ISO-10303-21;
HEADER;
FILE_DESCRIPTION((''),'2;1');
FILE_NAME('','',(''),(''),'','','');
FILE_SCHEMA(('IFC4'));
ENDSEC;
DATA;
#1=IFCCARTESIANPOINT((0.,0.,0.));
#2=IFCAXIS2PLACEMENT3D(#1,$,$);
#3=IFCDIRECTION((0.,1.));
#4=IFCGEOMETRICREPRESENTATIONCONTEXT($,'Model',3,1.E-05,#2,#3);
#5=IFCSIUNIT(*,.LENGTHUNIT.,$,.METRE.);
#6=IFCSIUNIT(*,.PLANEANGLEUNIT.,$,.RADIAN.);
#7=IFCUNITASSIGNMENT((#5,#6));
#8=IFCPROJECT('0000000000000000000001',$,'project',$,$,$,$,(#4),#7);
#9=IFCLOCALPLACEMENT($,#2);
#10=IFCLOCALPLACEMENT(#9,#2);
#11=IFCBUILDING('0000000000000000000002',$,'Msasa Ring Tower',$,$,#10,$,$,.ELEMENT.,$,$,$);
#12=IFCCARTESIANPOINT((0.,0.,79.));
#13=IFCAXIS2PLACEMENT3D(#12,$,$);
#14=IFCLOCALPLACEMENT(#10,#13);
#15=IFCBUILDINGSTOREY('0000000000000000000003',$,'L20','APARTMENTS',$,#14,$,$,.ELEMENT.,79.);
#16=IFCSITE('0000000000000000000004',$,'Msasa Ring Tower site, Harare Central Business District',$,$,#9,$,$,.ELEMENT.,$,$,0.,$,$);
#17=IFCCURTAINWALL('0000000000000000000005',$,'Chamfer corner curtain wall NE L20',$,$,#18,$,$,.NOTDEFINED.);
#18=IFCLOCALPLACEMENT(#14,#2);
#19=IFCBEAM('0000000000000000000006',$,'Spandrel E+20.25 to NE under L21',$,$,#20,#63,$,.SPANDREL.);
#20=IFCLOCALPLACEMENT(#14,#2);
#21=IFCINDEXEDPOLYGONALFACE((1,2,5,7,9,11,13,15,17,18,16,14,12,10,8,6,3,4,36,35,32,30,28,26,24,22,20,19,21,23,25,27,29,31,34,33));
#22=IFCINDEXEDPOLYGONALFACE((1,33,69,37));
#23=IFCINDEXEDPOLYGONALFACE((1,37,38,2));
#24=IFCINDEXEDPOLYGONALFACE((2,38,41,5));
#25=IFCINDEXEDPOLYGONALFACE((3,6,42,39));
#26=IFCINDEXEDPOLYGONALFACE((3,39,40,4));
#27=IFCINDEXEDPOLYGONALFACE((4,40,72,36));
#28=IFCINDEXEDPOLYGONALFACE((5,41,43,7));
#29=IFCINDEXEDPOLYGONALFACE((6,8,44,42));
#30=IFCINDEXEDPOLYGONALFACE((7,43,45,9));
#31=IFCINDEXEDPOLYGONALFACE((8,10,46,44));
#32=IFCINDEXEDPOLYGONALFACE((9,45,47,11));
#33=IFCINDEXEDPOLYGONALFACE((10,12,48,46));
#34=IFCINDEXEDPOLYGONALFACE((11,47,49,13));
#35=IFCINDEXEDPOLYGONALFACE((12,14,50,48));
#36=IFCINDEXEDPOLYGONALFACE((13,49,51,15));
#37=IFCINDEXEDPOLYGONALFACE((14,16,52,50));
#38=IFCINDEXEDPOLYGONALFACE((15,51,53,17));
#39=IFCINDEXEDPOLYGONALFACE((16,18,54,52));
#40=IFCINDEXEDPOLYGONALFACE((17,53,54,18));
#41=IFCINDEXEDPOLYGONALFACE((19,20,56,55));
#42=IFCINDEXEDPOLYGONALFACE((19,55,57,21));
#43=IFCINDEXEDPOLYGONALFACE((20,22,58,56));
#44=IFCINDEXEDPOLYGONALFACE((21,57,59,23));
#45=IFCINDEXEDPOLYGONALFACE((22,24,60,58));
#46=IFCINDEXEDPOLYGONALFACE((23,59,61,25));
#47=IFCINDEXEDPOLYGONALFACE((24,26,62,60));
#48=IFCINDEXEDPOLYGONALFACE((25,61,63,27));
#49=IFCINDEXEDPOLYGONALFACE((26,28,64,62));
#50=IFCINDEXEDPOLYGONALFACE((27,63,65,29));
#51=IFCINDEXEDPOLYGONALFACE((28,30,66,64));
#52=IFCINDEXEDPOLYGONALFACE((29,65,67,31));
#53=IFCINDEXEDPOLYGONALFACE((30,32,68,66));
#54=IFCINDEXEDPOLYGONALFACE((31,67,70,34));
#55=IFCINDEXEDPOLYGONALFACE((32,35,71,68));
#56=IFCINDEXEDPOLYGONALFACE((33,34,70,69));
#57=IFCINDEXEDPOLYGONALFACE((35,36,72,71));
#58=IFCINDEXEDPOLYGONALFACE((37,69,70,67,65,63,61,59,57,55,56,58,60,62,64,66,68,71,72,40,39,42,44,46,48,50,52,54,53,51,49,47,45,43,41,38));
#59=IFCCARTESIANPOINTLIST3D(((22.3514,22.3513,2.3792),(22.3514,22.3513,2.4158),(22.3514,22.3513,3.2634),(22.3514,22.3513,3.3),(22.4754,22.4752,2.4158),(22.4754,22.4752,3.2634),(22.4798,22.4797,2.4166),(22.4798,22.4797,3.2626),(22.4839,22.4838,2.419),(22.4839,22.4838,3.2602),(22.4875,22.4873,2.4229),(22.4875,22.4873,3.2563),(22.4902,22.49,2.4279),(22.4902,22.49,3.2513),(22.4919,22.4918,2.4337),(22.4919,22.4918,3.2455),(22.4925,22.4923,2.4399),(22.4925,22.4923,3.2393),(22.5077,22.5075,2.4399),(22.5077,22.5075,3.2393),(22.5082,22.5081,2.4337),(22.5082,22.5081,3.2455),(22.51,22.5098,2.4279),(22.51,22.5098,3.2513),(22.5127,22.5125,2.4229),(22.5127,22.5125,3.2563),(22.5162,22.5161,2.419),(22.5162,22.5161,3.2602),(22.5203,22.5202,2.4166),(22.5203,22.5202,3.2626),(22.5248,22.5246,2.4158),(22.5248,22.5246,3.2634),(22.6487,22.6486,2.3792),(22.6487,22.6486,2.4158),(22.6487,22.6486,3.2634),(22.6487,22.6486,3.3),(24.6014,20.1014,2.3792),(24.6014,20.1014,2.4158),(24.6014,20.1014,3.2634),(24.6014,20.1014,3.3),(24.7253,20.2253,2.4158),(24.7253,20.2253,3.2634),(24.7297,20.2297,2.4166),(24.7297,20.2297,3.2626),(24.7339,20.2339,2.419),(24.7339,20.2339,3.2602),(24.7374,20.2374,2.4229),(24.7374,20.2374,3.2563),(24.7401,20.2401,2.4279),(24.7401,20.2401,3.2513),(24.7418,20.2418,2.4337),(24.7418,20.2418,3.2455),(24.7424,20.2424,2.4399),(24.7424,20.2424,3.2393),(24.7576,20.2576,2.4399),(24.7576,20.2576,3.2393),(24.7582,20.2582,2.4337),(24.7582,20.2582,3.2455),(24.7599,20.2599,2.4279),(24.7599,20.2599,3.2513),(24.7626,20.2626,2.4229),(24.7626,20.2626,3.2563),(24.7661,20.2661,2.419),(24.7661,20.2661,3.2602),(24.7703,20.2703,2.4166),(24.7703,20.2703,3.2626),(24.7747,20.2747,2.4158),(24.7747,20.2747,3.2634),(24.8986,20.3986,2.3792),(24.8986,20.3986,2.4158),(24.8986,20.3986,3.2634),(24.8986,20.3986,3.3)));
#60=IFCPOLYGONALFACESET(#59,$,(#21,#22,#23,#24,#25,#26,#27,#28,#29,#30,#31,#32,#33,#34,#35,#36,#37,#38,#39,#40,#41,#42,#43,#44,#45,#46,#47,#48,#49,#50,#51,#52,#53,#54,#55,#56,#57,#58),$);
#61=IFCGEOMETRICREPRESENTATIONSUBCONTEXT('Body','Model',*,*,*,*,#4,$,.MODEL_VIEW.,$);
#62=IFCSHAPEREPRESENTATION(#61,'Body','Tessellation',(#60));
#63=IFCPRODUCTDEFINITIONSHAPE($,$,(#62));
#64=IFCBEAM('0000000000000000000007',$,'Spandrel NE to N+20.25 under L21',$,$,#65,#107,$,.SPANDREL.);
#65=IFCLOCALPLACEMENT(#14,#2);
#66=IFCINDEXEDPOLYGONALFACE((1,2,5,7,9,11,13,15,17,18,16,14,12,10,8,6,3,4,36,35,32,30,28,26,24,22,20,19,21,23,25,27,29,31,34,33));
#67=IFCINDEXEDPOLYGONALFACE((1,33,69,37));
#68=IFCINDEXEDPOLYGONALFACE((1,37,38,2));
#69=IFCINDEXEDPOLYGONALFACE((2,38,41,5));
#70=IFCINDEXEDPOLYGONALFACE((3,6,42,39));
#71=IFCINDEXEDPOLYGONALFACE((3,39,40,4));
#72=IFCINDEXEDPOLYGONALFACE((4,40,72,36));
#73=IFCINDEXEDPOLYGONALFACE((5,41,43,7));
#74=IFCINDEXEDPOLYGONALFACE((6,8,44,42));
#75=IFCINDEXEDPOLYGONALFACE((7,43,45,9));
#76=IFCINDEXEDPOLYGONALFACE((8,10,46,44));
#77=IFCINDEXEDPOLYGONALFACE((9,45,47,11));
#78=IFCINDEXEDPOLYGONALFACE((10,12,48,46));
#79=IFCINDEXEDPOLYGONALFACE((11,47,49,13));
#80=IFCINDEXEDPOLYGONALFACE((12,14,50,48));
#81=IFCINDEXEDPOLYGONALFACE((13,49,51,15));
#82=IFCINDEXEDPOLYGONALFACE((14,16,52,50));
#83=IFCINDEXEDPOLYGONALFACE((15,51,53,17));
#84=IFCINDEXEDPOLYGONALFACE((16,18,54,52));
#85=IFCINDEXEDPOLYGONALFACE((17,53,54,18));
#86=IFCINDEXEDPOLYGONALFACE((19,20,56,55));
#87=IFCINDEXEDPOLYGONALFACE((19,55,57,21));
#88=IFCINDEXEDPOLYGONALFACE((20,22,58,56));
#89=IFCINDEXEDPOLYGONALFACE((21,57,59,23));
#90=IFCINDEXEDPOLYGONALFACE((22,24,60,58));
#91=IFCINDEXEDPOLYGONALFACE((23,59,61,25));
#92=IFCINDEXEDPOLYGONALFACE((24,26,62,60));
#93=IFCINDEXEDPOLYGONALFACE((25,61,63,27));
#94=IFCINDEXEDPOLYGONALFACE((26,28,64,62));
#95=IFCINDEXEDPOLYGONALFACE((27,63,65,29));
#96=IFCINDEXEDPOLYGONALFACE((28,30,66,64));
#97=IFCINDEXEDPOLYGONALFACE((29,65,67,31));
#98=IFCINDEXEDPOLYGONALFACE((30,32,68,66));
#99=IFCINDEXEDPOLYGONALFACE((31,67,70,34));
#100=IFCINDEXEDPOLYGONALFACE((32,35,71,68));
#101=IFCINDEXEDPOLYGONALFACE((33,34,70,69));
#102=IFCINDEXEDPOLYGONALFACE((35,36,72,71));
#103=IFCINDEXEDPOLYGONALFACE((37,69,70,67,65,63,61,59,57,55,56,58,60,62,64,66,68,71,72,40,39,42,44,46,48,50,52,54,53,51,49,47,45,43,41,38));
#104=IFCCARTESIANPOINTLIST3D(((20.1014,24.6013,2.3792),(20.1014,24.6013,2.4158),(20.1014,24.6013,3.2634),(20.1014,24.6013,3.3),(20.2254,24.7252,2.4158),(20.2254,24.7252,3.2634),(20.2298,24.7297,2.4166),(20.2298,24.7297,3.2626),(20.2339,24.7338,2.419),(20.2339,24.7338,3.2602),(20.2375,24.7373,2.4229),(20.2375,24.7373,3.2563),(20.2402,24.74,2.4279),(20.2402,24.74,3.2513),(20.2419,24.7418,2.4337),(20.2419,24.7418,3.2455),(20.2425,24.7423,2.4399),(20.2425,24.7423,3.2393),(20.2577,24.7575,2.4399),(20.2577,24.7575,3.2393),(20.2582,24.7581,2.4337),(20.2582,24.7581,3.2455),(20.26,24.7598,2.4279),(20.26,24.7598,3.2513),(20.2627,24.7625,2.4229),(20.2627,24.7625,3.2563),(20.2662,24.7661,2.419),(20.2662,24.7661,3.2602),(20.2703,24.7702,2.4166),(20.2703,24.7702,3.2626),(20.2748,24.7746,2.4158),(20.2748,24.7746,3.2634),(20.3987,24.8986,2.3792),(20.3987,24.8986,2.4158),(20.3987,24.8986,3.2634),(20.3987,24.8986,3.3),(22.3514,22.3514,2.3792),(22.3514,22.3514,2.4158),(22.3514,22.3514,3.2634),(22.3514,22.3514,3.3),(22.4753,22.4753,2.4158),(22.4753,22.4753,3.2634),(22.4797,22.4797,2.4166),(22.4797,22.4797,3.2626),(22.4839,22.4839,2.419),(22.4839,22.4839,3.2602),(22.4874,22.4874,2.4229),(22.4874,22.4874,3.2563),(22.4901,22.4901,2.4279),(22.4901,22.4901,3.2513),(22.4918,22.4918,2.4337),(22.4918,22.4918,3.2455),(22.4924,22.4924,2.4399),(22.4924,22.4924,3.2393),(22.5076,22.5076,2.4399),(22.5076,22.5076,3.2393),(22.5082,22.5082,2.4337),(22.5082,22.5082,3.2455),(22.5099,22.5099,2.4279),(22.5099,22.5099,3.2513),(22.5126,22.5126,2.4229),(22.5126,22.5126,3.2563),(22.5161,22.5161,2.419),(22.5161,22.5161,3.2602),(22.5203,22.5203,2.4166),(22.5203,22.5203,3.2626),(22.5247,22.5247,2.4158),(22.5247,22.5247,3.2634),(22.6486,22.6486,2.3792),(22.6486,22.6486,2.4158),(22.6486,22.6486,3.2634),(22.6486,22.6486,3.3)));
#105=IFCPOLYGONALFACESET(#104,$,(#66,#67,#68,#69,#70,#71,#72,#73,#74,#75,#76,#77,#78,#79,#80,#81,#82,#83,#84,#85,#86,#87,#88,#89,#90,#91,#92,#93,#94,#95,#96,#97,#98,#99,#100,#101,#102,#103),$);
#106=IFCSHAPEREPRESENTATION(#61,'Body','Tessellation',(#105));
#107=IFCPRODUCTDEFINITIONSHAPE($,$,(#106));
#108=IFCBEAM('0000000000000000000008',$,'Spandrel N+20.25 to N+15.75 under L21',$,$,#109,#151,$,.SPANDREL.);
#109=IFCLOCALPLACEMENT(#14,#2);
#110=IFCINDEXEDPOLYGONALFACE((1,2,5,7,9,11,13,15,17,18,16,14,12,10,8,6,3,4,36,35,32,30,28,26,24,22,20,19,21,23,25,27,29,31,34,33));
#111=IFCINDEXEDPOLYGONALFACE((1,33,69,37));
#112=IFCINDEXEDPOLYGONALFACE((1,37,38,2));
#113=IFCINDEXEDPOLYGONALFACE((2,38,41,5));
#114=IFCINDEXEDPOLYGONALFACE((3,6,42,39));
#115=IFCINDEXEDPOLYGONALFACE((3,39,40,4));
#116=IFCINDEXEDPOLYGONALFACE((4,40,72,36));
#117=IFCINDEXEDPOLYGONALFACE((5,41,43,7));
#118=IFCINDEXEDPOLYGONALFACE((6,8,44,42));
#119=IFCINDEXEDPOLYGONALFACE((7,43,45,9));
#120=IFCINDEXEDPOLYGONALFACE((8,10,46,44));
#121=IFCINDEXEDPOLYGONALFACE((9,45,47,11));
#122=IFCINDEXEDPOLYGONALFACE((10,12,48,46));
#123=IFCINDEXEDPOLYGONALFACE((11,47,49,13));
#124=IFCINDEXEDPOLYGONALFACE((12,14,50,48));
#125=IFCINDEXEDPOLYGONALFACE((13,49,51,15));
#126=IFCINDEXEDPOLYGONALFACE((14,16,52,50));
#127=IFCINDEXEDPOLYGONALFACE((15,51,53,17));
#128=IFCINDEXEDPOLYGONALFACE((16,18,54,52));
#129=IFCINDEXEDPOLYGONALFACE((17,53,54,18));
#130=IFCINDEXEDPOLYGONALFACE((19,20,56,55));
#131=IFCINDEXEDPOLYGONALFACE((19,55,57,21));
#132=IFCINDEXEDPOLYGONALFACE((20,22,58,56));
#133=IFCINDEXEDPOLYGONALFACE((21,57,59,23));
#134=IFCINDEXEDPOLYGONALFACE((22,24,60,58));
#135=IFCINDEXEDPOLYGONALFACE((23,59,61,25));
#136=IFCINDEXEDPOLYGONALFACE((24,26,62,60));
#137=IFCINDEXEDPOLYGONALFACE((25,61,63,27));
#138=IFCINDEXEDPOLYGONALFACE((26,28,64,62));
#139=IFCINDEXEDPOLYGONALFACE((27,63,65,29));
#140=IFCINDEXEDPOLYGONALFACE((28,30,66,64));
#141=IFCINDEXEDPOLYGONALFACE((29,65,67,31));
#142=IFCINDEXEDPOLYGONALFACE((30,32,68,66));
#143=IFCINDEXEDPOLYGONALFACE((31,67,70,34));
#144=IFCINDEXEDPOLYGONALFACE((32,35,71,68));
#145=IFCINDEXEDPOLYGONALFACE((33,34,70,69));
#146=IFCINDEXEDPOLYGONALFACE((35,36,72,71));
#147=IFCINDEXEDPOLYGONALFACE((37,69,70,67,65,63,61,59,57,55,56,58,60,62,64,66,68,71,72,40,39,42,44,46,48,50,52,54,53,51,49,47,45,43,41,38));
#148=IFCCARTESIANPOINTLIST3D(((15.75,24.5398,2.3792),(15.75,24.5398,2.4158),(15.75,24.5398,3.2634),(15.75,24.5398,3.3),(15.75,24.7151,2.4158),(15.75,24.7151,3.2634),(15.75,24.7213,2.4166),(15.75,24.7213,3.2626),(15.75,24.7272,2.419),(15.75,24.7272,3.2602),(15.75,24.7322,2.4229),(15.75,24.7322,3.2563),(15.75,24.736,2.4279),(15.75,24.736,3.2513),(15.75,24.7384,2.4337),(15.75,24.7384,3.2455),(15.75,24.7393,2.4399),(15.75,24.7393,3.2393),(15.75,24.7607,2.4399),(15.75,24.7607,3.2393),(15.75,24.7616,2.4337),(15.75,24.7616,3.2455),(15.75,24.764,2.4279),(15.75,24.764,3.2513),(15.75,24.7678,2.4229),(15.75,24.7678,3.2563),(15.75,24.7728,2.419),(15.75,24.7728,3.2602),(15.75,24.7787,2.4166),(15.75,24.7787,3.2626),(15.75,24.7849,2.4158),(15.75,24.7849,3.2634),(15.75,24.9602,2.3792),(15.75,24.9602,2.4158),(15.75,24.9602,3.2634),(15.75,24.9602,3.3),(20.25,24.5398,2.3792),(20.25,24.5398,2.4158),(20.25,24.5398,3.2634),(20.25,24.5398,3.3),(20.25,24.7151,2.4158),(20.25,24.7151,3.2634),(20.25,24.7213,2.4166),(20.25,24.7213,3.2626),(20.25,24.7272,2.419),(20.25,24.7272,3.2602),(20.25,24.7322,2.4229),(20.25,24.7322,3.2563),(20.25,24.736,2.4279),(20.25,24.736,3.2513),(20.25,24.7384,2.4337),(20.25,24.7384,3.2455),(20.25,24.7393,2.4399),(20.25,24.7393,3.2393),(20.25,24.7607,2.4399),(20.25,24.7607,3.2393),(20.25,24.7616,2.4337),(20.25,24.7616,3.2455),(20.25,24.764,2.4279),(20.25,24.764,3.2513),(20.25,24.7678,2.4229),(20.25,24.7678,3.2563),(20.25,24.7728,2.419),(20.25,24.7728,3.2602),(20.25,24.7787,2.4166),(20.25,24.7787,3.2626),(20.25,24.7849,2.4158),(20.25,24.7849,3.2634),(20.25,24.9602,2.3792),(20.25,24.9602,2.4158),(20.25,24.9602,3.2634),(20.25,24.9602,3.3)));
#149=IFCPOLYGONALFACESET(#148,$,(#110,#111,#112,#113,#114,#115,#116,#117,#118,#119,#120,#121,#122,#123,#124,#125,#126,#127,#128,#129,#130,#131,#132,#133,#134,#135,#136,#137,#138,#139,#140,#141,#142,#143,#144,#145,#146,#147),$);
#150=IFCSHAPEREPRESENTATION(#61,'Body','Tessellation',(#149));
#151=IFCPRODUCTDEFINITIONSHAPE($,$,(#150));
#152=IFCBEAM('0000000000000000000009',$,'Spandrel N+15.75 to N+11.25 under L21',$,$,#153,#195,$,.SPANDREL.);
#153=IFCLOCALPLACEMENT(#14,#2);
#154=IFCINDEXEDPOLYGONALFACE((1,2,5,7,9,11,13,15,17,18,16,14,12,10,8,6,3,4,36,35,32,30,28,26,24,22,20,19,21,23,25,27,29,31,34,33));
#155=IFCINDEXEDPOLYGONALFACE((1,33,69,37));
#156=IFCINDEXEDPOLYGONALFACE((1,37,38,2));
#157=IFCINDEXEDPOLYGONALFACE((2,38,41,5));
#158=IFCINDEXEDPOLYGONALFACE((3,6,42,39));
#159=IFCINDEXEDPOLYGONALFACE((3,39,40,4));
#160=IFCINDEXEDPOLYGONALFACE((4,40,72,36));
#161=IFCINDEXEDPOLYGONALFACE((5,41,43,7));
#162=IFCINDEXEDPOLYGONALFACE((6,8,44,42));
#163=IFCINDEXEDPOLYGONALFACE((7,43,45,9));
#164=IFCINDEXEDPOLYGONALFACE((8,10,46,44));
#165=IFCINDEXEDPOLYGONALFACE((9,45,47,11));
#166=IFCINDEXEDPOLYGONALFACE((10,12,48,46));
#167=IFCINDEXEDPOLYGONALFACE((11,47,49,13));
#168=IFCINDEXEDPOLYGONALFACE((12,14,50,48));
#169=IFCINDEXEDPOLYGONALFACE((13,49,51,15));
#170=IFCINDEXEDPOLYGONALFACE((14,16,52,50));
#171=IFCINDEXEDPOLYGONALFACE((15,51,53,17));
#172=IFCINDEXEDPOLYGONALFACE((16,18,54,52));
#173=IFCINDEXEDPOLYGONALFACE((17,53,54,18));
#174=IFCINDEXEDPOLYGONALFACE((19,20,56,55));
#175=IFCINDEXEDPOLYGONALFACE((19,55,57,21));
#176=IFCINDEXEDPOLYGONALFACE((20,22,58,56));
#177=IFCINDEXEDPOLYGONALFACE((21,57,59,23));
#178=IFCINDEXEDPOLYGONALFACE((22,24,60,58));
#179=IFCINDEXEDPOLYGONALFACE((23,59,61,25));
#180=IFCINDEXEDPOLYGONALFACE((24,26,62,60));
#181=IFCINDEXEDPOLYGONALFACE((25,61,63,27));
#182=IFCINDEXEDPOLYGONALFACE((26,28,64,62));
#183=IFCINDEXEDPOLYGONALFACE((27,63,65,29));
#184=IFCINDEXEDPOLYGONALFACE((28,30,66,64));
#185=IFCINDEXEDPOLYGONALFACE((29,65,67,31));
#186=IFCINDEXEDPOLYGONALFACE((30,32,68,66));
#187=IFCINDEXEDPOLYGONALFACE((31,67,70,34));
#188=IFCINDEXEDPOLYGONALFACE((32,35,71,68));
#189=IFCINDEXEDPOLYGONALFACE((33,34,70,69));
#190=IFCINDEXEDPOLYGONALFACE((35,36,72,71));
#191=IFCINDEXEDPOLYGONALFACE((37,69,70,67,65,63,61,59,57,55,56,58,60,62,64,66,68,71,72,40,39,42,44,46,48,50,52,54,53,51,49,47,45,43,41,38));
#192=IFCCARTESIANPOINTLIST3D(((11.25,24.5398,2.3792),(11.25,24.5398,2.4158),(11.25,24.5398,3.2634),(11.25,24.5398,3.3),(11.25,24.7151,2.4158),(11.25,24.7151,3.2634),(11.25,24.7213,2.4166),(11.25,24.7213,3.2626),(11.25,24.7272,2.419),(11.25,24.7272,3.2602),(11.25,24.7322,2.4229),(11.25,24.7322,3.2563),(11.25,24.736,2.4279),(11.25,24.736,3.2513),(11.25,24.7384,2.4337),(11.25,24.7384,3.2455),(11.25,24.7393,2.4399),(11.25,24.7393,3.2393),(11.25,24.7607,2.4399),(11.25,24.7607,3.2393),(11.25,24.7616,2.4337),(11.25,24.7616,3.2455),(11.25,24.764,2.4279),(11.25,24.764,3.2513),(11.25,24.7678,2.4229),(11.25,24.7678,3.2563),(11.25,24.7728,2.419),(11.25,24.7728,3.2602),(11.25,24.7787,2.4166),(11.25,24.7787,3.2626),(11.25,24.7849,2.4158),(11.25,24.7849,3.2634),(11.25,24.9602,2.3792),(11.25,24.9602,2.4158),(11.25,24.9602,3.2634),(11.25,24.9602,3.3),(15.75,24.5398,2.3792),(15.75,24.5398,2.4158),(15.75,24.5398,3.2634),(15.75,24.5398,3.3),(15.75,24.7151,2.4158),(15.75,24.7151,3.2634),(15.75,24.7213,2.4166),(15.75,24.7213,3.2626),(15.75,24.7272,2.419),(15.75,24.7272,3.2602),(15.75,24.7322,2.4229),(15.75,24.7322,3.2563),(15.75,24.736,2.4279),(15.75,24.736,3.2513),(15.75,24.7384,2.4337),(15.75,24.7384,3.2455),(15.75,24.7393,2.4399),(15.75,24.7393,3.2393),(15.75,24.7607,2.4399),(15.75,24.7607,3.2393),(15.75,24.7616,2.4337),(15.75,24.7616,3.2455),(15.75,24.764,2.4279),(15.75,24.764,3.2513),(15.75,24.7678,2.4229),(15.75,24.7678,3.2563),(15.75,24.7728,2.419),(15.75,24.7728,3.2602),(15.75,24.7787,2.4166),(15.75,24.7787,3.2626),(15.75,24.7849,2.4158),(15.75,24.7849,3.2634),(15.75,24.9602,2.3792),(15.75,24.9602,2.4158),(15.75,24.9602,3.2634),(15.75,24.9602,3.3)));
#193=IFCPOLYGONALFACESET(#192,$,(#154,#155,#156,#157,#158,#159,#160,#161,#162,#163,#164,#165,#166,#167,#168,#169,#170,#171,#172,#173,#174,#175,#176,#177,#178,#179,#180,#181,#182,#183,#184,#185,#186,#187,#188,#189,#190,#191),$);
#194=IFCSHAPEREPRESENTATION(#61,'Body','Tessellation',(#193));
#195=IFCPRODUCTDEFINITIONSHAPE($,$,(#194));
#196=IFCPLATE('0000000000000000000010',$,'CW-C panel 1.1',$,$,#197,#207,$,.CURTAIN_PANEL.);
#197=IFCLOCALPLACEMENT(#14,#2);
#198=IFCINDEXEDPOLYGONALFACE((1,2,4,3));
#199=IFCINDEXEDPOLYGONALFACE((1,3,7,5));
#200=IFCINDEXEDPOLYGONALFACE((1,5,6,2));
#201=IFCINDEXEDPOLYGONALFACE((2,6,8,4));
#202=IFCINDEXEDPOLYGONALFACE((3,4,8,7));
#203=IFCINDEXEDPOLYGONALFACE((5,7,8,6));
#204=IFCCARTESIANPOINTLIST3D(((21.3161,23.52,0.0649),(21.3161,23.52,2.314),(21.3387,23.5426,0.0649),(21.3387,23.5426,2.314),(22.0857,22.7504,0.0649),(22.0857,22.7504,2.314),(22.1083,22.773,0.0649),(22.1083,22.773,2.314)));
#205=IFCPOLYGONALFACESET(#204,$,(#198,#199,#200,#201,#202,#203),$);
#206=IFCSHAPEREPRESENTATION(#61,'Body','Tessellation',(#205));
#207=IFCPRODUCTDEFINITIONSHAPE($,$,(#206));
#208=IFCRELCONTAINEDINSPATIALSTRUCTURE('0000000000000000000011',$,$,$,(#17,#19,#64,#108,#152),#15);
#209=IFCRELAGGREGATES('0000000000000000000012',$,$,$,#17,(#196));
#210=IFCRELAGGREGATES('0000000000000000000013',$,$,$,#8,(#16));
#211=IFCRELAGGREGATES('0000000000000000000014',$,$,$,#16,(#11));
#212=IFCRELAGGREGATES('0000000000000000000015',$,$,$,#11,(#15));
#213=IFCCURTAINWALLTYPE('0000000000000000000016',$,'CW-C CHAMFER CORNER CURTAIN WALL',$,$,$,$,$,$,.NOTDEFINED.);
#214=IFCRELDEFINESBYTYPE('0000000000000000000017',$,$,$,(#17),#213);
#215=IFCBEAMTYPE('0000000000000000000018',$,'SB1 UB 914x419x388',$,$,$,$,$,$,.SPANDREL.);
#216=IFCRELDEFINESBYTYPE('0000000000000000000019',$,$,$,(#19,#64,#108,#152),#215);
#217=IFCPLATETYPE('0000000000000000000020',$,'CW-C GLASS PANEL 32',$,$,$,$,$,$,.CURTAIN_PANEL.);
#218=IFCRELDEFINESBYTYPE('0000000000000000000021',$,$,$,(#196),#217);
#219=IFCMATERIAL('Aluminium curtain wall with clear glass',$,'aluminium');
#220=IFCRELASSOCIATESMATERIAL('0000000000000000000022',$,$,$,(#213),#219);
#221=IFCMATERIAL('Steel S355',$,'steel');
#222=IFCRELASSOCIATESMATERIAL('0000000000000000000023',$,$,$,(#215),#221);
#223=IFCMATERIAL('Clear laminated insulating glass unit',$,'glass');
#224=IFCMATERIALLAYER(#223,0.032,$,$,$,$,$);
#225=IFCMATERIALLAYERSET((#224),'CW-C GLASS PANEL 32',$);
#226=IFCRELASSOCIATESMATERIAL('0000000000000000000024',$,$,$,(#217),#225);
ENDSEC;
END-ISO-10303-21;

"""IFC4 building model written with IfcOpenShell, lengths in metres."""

from ifc_helpers import new_model, si_unit, direction, frame, origin, origin_2d, place, context, subcontext, project, spatial, rectangle, i_section, extrude, material, layer, layer_set, material_profile, profile_set, type_object, element, aggregate, save


model = new_model("IFC4")

# Units and contexts
model_context = context("Model", 3, precision=1e-05, world=origin(), true_north=direction((0.0, 1.0)))
body_context = subcontext(model_context, "Body", "Model", "MODEL_VIEW")
ifc_project = project(units=[si_unit("LENGTHUNIT", "METRE"), si_unit("PLANEANGLEUNIT", "RADIAN")], contexts=[model_context])

# Site, building, storey
site_placement = place(None, origin())
site = spatial("IfcSite", under=ifc_project, at=site_placement, Name="Msasa Ring Tower site, Harare Central Business District", CompositionType="ELEMENT", RefElevation=0.0)
building_placement = place(site_placement, origin())
building = spatial("IfcBuilding", under=site, at=building_placement, Name="Msasa Ring Tower", CompositionType="ELEMENT")
storey_placement = place(building_placement, frame((0.0, 0.0, 79.0)))
storey = spatial("IfcBuildingStorey", under=building, at=storey_placement, Name="L20", Description="APARTMENTS", CompositionType="ELEMENT", Elevation=79.0)

# Curtain wall
ifc_material_1 = material(Name="Aluminium curtain wall with clear glass", Category="aluminium")
curtain_wall_type = type_object("IfcCurtainWallType", Name="CW-C CHAMFER CORNER CURTAIN WALL", PredefinedType="NOTDEFINED", material=ifc_material_1)
curtain_wall_1_placement = place(storey_placement, origin())
curtain_wall_1 = element("IfcCurtainWall", 1, at=curtain_wall_1_placement, inside=storey, type_object=curtain_wall_type, Name="Chamfer corner curtain wall NE L20", PredefinedType="NOTDEFINED")

# Beams
ifc_material_2 = material(Name="Steel S355", Category="steel")
ifc_material_profile_1 = material_profile(ifc_material_2, i_section(OverallWidth=0.4204, OverallDepth=0.9209, WebThickness=0.0215, FlangeThickness=0.0366, FilletRadius=0.0242, at=origin_2d()), Name="UB 914x419x388")
ifc_profile_set_1 = profile_set([ifc_material_profile_1], Name="Steel S355")
beam_type_1 = type_object("IfcBeamType", Name="SB1 UB 914x419x388", PredefinedType="SPANDREL", material=ifc_profile_set_1)
for number, where, z_axis, x_axis, name in (
    (2, (24.75, 20.25, 2.8396), (-0.707107, 0.707107, 0.0), (-0.707107, -0.707107, 0.0), "Spandrel E+20.25 to NE under L21"),
    (3, (22.5, 22.5, 2.8396), (-0.707107, 0.707107, 0.0), (-0.707107, -0.707107, 0.0), "Spandrel NE to N+20.25 under L21"),
):
    element("IfcBeam", number, at=place(storey_placement, frame(where, z_axis=z_axis, x_axis=x_axis)), inside=storey, type_object=beam_type_1, Name=name, PredefinedType="SPANDREL", context=body_context, shape_type="SweptSolid", body=[
        extrude(i_section(OverallWidth=0.4204, OverallDepth=0.9209, WebThickness=0.0215, FlangeThickness=0.0366, FilletRadius=0.0242, at=origin_2d()), origin(), (0.0, 0.0, 1.0), 3.1819),
    ])
for number, where, z_axis, x_axis, name in (
    (4, (20.25, 24.75, 2.8396), (-1.0, 0.0, 0.0), (0.0, -1.0, 0.0), "Spandrel N+20.25 to N+15.75 under L21"),
    (5, (15.75, 24.75, 2.8396), (-1.0, 0.0, 0.0), (0.0, -1.0, 0.0), "Spandrel N+15.75 to N+11.25 under L21"),
):
    element("IfcBeam", number, at=place(storey_placement, frame(where, z_axis=z_axis, x_axis=x_axis)), inside=storey, type_object=beam_type_1, Name=name, PredefinedType="SPANDREL", context=body_context, shape_type="SweptSolid", body=[
        extrude(i_section(OverallWidth=0.4204, OverallDepth=0.9209, WebThickness=0.0215, FlangeThickness=0.0366, FilletRadius=0.0242, at=origin_2d()), origin(), (0.0, 0.0, 1.0), 4.5),
    ])

# Plate
ifc_material_3 = material(Name="Clear laminated insulating glass unit", Category="glass")
ifc_layer_1 = layer(ifc_material_3, 0.032)
ifc_layer_set_1 = layer_set([ifc_layer_1], Name="CW-C GLASS PANEL 32")
plate_type = type_object("IfcPlateType", Name="CW-C GLASS PANEL 32", PredefinedType="CURTAIN_PANEL", material=ifc_layer_set_1)
plate_1_placement = place(storey_placement, frame((21.7122, 23.1465, 0.0649), z_axis=(0.0, 0.0, 1.0), x_axis=(-0.707107, 0.707107, 0.0)))
plate_1 = element("IfcPlate", 6, at=plate_1_placement, type_object=plate_type, Name="CW-C panel 1.1", PredefinedType="CURTAIN_PANEL", context=body_context, shape_type="SweptSolid", body=[
    extrude(rectangle(XDim=1.0884, YDim=0.032, at=origin_2d()), origin(), (0.0, 0.0, 1.0), 2.249),
])
aggregate(curtain_wall_1, [plate_1])

save(model, "model.ifc")
